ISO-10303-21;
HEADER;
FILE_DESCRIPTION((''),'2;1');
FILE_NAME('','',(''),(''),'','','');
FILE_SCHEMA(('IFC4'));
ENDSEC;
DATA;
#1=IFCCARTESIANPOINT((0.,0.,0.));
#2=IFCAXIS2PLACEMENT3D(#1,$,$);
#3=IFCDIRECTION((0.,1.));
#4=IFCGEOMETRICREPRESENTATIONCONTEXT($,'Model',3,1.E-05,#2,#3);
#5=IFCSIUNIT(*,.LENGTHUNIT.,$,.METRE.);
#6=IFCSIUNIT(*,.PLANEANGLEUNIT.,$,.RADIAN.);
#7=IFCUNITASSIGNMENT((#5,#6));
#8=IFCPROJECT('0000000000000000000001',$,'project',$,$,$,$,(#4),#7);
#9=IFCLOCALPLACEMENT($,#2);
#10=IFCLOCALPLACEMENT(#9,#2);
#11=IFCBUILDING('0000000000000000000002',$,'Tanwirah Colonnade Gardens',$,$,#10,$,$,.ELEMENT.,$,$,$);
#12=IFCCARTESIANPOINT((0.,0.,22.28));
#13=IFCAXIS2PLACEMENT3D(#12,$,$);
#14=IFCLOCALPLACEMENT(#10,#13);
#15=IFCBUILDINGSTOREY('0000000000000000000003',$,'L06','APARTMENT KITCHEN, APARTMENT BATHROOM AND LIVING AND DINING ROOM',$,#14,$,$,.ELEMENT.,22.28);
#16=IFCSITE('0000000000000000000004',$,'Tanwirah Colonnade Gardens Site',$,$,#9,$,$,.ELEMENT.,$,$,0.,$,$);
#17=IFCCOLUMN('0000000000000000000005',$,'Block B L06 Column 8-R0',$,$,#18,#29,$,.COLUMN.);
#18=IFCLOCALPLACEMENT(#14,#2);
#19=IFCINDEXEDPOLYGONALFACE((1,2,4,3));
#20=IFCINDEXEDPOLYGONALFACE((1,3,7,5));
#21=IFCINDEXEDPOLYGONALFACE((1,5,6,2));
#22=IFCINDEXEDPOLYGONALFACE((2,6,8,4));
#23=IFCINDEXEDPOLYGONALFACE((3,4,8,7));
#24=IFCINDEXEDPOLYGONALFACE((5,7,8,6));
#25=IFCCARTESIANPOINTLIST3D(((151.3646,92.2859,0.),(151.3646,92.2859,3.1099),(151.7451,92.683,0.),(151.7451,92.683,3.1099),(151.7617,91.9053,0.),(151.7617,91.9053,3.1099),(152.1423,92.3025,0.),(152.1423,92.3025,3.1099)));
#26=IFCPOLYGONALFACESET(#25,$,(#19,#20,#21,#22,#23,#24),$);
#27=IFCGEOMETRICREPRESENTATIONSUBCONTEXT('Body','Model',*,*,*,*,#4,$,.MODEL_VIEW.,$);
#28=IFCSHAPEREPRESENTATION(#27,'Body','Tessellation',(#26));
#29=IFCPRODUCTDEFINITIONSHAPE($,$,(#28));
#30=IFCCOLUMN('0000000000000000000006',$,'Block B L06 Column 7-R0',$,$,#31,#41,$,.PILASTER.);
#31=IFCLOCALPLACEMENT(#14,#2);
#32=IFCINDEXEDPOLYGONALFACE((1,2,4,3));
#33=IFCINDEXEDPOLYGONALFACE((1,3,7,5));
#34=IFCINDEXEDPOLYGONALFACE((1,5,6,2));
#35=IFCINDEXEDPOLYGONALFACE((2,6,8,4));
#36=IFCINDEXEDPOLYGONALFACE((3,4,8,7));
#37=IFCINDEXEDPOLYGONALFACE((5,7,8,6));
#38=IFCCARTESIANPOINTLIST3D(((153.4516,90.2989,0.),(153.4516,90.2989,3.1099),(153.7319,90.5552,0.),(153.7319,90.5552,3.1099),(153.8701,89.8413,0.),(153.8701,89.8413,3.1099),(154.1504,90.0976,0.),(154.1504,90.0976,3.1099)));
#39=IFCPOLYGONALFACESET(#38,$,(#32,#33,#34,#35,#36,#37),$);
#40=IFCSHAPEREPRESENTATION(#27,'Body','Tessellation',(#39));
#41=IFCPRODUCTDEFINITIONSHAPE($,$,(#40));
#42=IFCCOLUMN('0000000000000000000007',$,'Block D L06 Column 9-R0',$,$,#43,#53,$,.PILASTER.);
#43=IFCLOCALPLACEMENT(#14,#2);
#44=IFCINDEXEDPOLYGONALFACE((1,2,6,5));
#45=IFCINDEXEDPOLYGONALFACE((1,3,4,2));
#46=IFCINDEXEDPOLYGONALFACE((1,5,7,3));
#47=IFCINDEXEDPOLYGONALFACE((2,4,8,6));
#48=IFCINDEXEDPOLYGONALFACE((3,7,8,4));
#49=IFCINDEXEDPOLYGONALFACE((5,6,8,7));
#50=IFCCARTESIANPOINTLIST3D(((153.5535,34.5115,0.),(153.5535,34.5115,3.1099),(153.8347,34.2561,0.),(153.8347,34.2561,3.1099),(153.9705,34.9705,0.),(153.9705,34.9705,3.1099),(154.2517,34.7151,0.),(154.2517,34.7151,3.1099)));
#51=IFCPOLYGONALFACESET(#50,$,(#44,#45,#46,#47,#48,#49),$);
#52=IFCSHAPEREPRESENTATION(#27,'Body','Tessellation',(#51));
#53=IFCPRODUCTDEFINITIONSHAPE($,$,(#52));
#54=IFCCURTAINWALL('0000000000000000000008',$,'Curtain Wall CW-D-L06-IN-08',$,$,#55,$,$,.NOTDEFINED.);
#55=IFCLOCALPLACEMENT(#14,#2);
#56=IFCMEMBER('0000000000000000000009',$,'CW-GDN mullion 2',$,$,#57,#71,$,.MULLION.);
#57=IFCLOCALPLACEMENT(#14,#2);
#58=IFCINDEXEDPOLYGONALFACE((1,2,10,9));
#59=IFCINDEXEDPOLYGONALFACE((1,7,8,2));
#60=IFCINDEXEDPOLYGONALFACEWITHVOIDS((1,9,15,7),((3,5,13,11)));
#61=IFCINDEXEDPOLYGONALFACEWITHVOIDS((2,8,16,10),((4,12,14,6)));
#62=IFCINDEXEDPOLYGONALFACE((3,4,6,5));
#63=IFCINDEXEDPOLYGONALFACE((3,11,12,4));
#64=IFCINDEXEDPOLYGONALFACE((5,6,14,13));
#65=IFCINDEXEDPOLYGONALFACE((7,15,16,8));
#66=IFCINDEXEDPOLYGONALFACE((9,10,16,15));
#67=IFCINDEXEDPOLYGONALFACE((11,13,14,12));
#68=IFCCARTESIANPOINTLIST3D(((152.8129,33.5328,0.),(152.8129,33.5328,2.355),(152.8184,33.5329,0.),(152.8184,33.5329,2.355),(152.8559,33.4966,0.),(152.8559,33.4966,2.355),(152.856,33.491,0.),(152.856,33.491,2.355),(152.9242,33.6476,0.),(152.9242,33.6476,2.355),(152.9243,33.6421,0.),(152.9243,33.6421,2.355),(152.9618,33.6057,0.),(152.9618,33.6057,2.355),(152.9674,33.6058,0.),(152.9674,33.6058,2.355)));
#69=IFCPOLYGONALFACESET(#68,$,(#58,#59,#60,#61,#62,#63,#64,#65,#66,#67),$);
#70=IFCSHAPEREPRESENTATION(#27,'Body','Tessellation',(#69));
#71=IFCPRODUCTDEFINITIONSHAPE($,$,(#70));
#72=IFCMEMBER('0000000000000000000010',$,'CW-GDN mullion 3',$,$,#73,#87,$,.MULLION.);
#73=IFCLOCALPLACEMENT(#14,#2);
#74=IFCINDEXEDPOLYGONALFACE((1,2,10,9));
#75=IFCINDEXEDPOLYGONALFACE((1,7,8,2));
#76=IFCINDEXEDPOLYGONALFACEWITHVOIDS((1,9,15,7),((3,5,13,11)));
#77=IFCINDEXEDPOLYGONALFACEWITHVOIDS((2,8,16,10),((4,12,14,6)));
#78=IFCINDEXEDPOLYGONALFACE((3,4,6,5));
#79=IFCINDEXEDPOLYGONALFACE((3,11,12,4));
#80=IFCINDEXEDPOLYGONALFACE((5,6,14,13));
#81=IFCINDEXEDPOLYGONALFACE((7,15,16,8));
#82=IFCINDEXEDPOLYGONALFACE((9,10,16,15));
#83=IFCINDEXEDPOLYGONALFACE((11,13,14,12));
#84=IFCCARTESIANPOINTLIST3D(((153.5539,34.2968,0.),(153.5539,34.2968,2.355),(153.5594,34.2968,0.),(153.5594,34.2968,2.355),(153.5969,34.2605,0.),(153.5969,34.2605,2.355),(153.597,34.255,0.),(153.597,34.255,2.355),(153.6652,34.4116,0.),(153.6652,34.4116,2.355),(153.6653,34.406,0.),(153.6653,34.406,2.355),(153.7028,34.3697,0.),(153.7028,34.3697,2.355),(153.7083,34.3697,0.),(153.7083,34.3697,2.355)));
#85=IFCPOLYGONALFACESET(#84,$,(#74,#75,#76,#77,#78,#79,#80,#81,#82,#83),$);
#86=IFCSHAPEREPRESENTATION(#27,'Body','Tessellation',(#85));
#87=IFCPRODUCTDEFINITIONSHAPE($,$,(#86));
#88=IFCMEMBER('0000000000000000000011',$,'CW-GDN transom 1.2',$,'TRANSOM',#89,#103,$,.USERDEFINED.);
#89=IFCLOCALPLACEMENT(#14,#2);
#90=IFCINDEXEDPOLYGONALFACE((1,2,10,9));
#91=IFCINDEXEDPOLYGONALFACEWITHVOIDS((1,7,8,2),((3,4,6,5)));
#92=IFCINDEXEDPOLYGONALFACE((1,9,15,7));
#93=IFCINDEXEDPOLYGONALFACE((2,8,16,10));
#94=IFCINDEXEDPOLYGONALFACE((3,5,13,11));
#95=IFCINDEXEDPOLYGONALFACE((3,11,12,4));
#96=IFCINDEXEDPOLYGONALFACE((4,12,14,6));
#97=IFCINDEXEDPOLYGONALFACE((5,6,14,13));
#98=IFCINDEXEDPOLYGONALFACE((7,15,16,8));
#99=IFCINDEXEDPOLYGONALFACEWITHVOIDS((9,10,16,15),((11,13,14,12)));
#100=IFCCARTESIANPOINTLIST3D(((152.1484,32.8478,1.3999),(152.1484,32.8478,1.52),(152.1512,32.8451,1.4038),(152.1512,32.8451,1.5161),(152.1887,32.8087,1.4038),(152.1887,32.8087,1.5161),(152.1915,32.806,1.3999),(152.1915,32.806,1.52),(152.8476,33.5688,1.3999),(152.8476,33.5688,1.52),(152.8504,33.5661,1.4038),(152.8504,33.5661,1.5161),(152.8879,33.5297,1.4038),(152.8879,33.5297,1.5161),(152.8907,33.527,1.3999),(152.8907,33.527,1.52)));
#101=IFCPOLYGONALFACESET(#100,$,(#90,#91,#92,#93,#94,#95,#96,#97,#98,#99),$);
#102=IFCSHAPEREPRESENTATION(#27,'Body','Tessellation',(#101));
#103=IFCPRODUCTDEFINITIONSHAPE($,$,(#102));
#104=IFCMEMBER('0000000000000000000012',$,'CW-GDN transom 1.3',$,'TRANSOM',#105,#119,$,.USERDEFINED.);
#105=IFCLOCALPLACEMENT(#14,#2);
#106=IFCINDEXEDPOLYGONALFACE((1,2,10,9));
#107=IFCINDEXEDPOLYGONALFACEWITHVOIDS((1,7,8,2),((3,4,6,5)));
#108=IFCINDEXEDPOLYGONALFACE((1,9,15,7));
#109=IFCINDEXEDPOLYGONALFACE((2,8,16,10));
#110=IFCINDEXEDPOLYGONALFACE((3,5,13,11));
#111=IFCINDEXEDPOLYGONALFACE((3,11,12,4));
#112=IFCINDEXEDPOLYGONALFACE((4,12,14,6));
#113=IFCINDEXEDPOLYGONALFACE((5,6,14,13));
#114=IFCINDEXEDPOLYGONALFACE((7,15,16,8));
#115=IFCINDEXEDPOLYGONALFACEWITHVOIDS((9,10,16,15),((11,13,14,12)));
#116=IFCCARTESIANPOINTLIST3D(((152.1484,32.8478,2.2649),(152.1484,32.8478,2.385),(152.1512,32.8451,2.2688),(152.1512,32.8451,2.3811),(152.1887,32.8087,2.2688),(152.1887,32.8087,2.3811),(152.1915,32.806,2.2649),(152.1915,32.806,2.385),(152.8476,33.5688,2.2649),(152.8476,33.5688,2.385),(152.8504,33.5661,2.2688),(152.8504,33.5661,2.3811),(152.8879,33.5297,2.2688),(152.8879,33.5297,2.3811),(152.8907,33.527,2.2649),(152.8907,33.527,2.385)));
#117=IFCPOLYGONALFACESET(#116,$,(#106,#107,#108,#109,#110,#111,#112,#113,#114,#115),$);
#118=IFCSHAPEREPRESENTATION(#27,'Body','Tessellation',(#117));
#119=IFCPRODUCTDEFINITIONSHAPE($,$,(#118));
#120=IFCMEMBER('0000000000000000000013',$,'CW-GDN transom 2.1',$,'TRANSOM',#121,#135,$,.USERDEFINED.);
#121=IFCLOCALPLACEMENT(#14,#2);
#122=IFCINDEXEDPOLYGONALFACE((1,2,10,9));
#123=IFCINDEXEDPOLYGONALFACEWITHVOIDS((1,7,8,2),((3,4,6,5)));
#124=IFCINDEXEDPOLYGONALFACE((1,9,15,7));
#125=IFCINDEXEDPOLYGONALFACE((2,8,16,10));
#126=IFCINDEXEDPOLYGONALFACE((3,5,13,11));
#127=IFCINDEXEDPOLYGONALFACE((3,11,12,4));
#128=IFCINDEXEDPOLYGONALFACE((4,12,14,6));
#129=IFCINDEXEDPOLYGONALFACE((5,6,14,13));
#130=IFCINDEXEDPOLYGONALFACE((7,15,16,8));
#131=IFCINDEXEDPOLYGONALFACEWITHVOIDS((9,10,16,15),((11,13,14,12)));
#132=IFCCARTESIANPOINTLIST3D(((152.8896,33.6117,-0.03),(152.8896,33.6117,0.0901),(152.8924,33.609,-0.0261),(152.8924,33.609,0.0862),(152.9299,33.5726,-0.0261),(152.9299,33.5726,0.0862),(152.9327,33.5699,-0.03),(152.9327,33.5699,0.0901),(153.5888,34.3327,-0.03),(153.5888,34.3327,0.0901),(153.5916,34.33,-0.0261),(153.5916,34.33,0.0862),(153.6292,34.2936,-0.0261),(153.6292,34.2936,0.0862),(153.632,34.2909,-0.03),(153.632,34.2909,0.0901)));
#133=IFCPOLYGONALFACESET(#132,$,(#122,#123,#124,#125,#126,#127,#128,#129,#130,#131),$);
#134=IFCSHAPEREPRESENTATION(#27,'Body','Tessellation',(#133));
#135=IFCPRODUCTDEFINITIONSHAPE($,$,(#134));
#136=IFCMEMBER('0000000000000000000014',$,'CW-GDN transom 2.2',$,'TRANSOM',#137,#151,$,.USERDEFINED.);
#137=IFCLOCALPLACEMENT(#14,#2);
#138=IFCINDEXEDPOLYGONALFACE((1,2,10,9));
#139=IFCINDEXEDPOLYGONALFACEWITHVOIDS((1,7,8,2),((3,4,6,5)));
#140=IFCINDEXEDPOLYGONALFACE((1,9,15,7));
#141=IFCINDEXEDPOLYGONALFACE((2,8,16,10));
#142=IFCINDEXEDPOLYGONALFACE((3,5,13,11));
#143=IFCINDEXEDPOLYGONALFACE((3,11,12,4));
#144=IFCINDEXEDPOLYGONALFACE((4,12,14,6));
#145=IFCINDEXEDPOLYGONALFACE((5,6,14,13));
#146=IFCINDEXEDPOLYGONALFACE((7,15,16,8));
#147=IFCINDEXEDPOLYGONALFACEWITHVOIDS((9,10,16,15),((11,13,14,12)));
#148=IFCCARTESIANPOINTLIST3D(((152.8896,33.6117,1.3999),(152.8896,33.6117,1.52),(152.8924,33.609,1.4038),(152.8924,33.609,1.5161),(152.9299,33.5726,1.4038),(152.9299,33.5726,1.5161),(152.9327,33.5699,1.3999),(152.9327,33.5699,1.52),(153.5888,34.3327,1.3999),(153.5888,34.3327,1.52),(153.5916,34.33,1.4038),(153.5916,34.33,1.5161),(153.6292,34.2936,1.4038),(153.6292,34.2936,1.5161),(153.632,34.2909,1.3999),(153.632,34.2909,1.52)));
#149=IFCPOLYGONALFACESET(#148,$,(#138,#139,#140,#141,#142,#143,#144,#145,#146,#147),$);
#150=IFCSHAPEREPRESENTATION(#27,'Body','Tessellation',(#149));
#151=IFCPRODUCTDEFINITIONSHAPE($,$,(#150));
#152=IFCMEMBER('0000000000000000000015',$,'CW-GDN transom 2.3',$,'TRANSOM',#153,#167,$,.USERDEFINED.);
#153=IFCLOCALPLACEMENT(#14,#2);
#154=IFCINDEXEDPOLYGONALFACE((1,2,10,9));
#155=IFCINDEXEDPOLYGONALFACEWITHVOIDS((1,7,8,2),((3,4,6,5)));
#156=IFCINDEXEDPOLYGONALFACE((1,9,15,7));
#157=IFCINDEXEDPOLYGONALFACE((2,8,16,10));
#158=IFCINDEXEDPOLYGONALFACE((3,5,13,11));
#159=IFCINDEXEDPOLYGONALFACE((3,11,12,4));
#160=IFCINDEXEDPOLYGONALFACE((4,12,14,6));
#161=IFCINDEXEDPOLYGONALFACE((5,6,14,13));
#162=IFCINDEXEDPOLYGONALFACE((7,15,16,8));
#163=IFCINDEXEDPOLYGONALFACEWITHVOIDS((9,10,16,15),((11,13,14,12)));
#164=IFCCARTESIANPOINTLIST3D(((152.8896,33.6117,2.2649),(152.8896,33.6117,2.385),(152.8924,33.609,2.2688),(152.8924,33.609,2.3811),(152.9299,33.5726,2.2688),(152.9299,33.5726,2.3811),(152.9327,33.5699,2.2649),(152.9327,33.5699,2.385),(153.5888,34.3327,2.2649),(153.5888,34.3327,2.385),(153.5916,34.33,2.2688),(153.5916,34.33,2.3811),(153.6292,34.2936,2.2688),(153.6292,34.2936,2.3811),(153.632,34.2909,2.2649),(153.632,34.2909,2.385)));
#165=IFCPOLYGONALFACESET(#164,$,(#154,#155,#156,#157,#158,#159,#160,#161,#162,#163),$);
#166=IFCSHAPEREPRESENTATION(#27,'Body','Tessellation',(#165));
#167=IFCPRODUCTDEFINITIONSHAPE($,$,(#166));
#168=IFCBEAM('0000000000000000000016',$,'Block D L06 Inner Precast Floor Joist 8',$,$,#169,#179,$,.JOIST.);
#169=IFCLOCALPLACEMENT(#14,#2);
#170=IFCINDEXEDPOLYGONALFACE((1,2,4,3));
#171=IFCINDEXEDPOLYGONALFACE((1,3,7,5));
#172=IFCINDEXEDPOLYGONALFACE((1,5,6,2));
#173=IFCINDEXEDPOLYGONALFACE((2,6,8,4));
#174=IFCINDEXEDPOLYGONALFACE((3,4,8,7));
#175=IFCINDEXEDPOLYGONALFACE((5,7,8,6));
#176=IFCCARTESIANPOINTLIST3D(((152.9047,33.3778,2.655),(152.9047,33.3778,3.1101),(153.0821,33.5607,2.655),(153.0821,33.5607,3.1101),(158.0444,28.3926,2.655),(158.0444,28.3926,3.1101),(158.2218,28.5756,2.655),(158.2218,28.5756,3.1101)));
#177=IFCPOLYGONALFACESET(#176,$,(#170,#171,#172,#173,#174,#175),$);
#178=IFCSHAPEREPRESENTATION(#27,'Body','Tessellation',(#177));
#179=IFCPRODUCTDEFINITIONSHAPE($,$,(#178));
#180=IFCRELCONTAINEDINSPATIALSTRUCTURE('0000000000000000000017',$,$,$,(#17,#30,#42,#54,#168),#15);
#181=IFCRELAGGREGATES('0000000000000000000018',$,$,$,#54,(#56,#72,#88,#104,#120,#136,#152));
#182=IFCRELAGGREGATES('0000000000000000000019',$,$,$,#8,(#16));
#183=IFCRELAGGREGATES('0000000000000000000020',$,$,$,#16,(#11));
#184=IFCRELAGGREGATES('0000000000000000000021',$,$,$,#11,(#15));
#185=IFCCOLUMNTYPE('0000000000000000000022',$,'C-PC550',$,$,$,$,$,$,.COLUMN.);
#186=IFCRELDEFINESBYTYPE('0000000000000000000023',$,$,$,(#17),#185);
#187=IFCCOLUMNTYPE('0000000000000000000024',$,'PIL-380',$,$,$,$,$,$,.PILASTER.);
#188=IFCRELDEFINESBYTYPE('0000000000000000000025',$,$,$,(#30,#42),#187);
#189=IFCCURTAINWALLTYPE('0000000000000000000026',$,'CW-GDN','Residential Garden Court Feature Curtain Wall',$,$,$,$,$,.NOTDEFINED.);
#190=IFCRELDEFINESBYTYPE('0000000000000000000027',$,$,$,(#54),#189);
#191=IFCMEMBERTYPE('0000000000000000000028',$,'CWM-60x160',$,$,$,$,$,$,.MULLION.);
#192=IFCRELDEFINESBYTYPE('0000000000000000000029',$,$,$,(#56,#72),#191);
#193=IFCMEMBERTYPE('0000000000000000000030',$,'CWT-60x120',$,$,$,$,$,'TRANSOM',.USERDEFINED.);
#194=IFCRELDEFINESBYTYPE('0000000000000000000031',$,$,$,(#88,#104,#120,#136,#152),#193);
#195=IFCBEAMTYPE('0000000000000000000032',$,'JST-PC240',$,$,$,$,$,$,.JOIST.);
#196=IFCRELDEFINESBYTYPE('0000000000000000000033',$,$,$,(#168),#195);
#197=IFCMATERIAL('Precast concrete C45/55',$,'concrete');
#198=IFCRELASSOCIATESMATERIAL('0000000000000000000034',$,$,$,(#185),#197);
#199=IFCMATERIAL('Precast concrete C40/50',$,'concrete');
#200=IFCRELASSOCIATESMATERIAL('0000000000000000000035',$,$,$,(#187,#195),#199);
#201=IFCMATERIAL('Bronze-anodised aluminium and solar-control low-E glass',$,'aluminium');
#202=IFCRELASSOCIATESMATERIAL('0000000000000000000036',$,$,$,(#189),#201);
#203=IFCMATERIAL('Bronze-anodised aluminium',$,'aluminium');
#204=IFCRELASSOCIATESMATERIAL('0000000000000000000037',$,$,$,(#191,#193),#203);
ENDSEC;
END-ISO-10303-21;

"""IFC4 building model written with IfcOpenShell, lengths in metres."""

from ifc_helpers import new_model, si_unit, direction, frame, origin, origin_2d, place, context, subcontext, project, spatial, rectangle, hollow_rectangle, extrude, material, material_profile, profile_set, type_object, element, aggregate, save


model = new_model("IFC4")

# Units and contexts
model_context = context("Model", 3, precision=1e-05, world=origin(), true_north=direction((0.0, 1.0)))
body_context = subcontext(model_context, "Body", "Model", "MODEL_VIEW")
ifc_project = project(units=[si_unit("LENGTHUNIT", "METRE"), si_unit("PLANEANGLEUNIT", "RADIAN")], contexts=[model_context])

# Site, building, storey
site_placement = place(None, origin())
site = spatial("IfcSite", under=ifc_project, at=site_placement, Name="Tanwirah Colonnade Gardens Site", CompositionType="ELEMENT", RefElevation=0.0)
building_placement = place(site_placement, origin())
building = spatial("IfcBuilding", under=site, at=building_placement, Name="Tanwirah Colonnade Gardens", CompositionType="ELEMENT")
storey_placement = place(building_placement, frame((0.0, 0.0, 22.28)))
storey = spatial("IfcBuildingStorey", under=building, at=storey_placement, Name="L06", Description="APARTMENT KITCHEN, APARTMENT BATHROOM AND LIVING AND DINING ROOM", CompositionType="ELEMENT", Elevation=22.28)

# Columns
ifc_material_1 = material(Name="Precast concrete C45/55", Category="concrete")
ifc_material_profile_1 = material_profile(ifc_material_1, rectangle(XDim=0.55, YDim=0.55, at=origin_2d()), Name="PC-COL 550x550")
ifc_profile_set_1 = profile_set([ifc_material_profile_1], Name="Precast concrete C45/55")
column_type_1 = type_object("IfcColumnType", Name="C-PC550", PredefinedType="COLUMN", material=ifc_profile_set_1)
column_placement = place(storey_placement, frame((151.7534, 92.2942, 0.0), z_axis=(0.0, 0.0, 1.0), x_axis=(0.691863, 0.722029, 0.0)))
element("IfcColumn", 1, at=column_placement, inside=storey, type_object=column_type_1, Name="Block B L06 Column 8-R0", PredefinedType="COLUMN", context=body_context, shape_type="SweptSolid", body=[
    extrude(rectangle(XDim=0.55, YDim=0.55, at=origin_2d()), origin(), (0.0, 0.0, 1.0), 3.1099),
])
ifc_material_2 = material(Name="Precast concrete C40/50", Category="concrete")
ifc_material_profile_2 = material_profile(ifc_material_2, rectangle(XDim=0.3799, YDim=0.6201, at=origin_2d()), Name="PC-PIL 380x620")
ifc_profile_set_2 = profile_set([ifc_material_profile_2], Name="Precast concrete C40/50")
column_type_2 = type_object("IfcColumnType", Name="PIL-380", PredefinedType="PILASTER", material=ifc_profile_set_2)
for number, where, z_axis, x_axis, name in (
    (2, (153.801, 90.1982, 0.0), (0.0, 0.0, 1.0), (0.737932, 0.674875, 0.0), "Block B L06 Column 7-R0"),
    (3, (153.9026, 34.6133, 0.0), (0.0, 0.0, 1.0), (0.740218, -0.672367, 0.0), "Block D L06 Column 9-R0"),
):
    element("IfcColumn", number, at=place(storey_placement, frame(where, z_axis=z_axis, x_axis=x_axis)), inside=storey, type_object=column_type_2, Name=name, PredefinedType="PILASTER", context=body_context, shape_type="SweptSolid", body=[
        extrude(rectangle(XDim=0.3799, YDim=0.6201, at=origin_2d()), origin(), (0.0, 0.0, 1.0), 3.1099),
    ])

# Curtain wall, members
ifc_material_3 = material(Name="Bronze-anodised aluminium and solar-control low-E glass", Category="aluminium")
curtain_wall_type = type_object("IfcCurtainWallType", Name="CW-GDN", Description="Residential Garden Court Feature Curtain Wall", PredefinedType="NOTDEFINED", material=ifc_material_3)
curtain_wall_placement = place(storey_placement, origin())
curtain_wall = element("IfcCurtainWall", 4, at=curtain_wall_placement, inside=storey, type_object=curtain_wall_type, Name="Curtain Wall CW-D-L06-IN-08", PredefinedType="NOTDEFINED")
ifc_material_4 = material(Name="Bronze-anodised aluminium", Category="aluminium")
ifc_material_profile_3 = material_profile(ifc_material_4, hollow_rectangle(XDim=0.0601, YDim=0.1599, WallThickness=0.0039, at=origin_2d()), Name="CW-MUL 60x160x4")
ifc_profile_set_3 = profile_set([ifc_material_profile_3], Name="Bronze-anodised aluminium")
member_type_1 = type_object("IfcMemberType", Name="CWM-60x160", PredefinedType="MULLION", material=ifc_profile_set_3)
member_1_placement = place(storey_placement, frame((152.8901, 33.5693, 0.0), z_axis=(0.0, 0.0, 1.0), x_axis=(-0.717825, 0.696223, 0.0)))
member_1 = element("IfcMember", 5, at=member_1_placement, type_object=member_type_1, Name="CW-GDN mullion 2", PredefinedType="MULLION", context=body_context, shape_type="SweptSolid", body=[
    extrude(hollow_rectangle(XDim=0.0601, YDim=0.1599, WallThickness=0.0039, at=origin_2d()), origin(), (0.0, 0.0, 1.0), 2.355),
])
member_2_placement = place(storey_placement, frame((153.6311, 34.3333, 0.0), z_axis=(0.0, 0.0, 1.0), x_axis=(-0.717825, 0.696223, 0.0)))
member_2 = element("IfcMember", 6, at=member_2_placement, type_object=member_type_1, Name="CW-GDN mullion 3", PredefinedType="MULLION", context=body_context, shape_type="SweptSolid", body=[
    extrude(hollow_rectangle(XDim=0.0601, YDim=0.1599, WallThickness=0.0039, at=origin_2d()), origin(), (0.0, 0.0, 1.0), 2.355),
])
ifc_material_profile_4 = material_profile(ifc_material_4, hollow_rectangle(XDim=0.0601, YDim=0.1201, WallThickness=0.0039, at=origin_2d()), Name="CW-TRN 60x120x4")
ifc_profile_set_4 = profile_set([ifc_material_profile_4], Name="Bronze-anodised aluminium")
member_type_2 = type_object("IfcMemberType", Name="CWT-60x120", ElementType="TRANSOM", PredefinedType="USERDEFINED", material=ifc_profile_set_4)
member_3_placement = place(storey_placement, frame((152.1699, 32.8269, 1.46), z_axis=(0.696207, 0.717841, 0.0), x_axis=(-0.717841, 0.696207, 0.0)))
member_3 = element("IfcMember", 7, at=member_3_placement, type_object=member_type_2, Name="CW-GDN transom 1.2", ObjectType="TRANSOM", PredefinedType="USERDEFINED", context=body_context, shape_type="SweptSolid", body=[
    extrude(hollow_rectangle(XDim=0.0601, YDim=0.1201, WallThickness=0.0039, at=origin_2d()), origin(), (0.0, 0.0, 1.0), 1.0044),
])
member_4_placement = place(storey_placement, frame((152.1699, 32.8269, 2.325), z_axis=(0.696207, 0.717841, 0.0), x_axis=(-0.717841, 0.696207, 0.0)))
member_4 = element("IfcMember", 8, at=member_4_placement, type_object=member_type_2, Name="CW-GDN transom 1.3", ObjectType="TRANSOM", PredefinedType="USERDEFINED", context=body_context, shape_type="SweptSolid", body=[
    extrude(hollow_rectangle(XDim=0.0601, YDim=0.1201, WallThickness=0.0039, at=origin_2d()), origin(), (0.0, 0.0, 1.0), 1.0044),
])
member_5_placement = place(storey_placement, frame((152.9111, 33.5908, 0.03), z_axis=(0.696207, 0.717841, 0.0), x_axis=(-0.717841, 0.696207, 0.0)))
member_5 = element("IfcMember", 9, at=member_5_placement, type_object=member_type_2, Name="CW-GDN transom 2.1", ObjectType="TRANSOM", PredefinedType="USERDEFINED", context=body_context, shape_type="SweptSolid", body=[
    extrude(hollow_rectangle(XDim=0.0601, YDim=0.1201, WallThickness=0.0039, at=origin_2d()), origin(), (0.0, 0.0, 1.0), 1.0044),
])
member_6_placement = place(storey_placement, frame((152.9111, 33.5908, 1.46), z_axis=(0.696207, 0.717841, 0.0), x_axis=(-0.717841, 0.696207, 0.0)))
member_6 = element("IfcMember", 10, at=member_6_placement, type_object=member_type_2, Name="CW-GDN transom 2.2", ObjectType="TRANSOM", PredefinedType="USERDEFINED", context=body_context, shape_type="SweptSolid", body=[
    extrude(hollow_rectangle(XDim=0.0601, YDim=0.1201, WallThickness=0.0039, at=origin_2d()), origin(), (0.0, 0.0, 1.0), 1.0044),
])
member_7_placement = place(storey_placement, frame((152.9111, 33.5908, 2.325), z_axis=(0.696207, 0.717841, 0.0), x_axis=(-0.717841, 0.696207, 0.0)))
member_7 = element("IfcMember", 11, at=member_7_placement, type_object=member_type_2, Name="CW-GDN transom 2.3", ObjectType="TRANSOM", PredefinedType="USERDEFINED", context=body_context, shape_type="SweptSolid", body=[
    extrude(hollow_rectangle(XDim=0.0601, YDim=0.1201, WallThickness=0.0039, at=origin_2d()), origin(), (0.0, 0.0, 1.0), 1.0044),
])

# Beam
ifc_material_profile_5 = material_profile(ifc_material_2, rectangle(XDim=0.2549, YDim=0.4551, at=origin_2d()), Name="PC-JST 255x455")
ifc_profile_set_5 = profile_set([ifc_material_profile_5], Name="Precast concrete C40/50")
beam_type_1 = type_object("IfcBeamType", Name="JST-PC240", PredefinedType="JOIST", material=ifc_profile_set_5)
beam_1_placement = place(storey_placement, frame((152.9934, 33.4692, 2.8826), z_axis=(0.717816, -0.696233, 0.0), x_axis=(0.696233, 0.717816, 0.0)))
element("IfcBeam", 12, at=beam_1_placement, inside=storey, type_object=beam_type_1, Name="Block D L06 Inner Precast Floor Joist 8", PredefinedType="JOIST", context=body_context, shape_type="SweptSolid", body=[
    extrude(rectangle(XDim=0.2549, YDim=0.4551, at=origin_2d()), origin(), (0.0, 0.0, 1.0), 7.1602),
])

aggregate(curtain_wall, [member_1, member_2, member_3, member_4, member_5, member_6, member_7])

save(model, "model.ifc")
